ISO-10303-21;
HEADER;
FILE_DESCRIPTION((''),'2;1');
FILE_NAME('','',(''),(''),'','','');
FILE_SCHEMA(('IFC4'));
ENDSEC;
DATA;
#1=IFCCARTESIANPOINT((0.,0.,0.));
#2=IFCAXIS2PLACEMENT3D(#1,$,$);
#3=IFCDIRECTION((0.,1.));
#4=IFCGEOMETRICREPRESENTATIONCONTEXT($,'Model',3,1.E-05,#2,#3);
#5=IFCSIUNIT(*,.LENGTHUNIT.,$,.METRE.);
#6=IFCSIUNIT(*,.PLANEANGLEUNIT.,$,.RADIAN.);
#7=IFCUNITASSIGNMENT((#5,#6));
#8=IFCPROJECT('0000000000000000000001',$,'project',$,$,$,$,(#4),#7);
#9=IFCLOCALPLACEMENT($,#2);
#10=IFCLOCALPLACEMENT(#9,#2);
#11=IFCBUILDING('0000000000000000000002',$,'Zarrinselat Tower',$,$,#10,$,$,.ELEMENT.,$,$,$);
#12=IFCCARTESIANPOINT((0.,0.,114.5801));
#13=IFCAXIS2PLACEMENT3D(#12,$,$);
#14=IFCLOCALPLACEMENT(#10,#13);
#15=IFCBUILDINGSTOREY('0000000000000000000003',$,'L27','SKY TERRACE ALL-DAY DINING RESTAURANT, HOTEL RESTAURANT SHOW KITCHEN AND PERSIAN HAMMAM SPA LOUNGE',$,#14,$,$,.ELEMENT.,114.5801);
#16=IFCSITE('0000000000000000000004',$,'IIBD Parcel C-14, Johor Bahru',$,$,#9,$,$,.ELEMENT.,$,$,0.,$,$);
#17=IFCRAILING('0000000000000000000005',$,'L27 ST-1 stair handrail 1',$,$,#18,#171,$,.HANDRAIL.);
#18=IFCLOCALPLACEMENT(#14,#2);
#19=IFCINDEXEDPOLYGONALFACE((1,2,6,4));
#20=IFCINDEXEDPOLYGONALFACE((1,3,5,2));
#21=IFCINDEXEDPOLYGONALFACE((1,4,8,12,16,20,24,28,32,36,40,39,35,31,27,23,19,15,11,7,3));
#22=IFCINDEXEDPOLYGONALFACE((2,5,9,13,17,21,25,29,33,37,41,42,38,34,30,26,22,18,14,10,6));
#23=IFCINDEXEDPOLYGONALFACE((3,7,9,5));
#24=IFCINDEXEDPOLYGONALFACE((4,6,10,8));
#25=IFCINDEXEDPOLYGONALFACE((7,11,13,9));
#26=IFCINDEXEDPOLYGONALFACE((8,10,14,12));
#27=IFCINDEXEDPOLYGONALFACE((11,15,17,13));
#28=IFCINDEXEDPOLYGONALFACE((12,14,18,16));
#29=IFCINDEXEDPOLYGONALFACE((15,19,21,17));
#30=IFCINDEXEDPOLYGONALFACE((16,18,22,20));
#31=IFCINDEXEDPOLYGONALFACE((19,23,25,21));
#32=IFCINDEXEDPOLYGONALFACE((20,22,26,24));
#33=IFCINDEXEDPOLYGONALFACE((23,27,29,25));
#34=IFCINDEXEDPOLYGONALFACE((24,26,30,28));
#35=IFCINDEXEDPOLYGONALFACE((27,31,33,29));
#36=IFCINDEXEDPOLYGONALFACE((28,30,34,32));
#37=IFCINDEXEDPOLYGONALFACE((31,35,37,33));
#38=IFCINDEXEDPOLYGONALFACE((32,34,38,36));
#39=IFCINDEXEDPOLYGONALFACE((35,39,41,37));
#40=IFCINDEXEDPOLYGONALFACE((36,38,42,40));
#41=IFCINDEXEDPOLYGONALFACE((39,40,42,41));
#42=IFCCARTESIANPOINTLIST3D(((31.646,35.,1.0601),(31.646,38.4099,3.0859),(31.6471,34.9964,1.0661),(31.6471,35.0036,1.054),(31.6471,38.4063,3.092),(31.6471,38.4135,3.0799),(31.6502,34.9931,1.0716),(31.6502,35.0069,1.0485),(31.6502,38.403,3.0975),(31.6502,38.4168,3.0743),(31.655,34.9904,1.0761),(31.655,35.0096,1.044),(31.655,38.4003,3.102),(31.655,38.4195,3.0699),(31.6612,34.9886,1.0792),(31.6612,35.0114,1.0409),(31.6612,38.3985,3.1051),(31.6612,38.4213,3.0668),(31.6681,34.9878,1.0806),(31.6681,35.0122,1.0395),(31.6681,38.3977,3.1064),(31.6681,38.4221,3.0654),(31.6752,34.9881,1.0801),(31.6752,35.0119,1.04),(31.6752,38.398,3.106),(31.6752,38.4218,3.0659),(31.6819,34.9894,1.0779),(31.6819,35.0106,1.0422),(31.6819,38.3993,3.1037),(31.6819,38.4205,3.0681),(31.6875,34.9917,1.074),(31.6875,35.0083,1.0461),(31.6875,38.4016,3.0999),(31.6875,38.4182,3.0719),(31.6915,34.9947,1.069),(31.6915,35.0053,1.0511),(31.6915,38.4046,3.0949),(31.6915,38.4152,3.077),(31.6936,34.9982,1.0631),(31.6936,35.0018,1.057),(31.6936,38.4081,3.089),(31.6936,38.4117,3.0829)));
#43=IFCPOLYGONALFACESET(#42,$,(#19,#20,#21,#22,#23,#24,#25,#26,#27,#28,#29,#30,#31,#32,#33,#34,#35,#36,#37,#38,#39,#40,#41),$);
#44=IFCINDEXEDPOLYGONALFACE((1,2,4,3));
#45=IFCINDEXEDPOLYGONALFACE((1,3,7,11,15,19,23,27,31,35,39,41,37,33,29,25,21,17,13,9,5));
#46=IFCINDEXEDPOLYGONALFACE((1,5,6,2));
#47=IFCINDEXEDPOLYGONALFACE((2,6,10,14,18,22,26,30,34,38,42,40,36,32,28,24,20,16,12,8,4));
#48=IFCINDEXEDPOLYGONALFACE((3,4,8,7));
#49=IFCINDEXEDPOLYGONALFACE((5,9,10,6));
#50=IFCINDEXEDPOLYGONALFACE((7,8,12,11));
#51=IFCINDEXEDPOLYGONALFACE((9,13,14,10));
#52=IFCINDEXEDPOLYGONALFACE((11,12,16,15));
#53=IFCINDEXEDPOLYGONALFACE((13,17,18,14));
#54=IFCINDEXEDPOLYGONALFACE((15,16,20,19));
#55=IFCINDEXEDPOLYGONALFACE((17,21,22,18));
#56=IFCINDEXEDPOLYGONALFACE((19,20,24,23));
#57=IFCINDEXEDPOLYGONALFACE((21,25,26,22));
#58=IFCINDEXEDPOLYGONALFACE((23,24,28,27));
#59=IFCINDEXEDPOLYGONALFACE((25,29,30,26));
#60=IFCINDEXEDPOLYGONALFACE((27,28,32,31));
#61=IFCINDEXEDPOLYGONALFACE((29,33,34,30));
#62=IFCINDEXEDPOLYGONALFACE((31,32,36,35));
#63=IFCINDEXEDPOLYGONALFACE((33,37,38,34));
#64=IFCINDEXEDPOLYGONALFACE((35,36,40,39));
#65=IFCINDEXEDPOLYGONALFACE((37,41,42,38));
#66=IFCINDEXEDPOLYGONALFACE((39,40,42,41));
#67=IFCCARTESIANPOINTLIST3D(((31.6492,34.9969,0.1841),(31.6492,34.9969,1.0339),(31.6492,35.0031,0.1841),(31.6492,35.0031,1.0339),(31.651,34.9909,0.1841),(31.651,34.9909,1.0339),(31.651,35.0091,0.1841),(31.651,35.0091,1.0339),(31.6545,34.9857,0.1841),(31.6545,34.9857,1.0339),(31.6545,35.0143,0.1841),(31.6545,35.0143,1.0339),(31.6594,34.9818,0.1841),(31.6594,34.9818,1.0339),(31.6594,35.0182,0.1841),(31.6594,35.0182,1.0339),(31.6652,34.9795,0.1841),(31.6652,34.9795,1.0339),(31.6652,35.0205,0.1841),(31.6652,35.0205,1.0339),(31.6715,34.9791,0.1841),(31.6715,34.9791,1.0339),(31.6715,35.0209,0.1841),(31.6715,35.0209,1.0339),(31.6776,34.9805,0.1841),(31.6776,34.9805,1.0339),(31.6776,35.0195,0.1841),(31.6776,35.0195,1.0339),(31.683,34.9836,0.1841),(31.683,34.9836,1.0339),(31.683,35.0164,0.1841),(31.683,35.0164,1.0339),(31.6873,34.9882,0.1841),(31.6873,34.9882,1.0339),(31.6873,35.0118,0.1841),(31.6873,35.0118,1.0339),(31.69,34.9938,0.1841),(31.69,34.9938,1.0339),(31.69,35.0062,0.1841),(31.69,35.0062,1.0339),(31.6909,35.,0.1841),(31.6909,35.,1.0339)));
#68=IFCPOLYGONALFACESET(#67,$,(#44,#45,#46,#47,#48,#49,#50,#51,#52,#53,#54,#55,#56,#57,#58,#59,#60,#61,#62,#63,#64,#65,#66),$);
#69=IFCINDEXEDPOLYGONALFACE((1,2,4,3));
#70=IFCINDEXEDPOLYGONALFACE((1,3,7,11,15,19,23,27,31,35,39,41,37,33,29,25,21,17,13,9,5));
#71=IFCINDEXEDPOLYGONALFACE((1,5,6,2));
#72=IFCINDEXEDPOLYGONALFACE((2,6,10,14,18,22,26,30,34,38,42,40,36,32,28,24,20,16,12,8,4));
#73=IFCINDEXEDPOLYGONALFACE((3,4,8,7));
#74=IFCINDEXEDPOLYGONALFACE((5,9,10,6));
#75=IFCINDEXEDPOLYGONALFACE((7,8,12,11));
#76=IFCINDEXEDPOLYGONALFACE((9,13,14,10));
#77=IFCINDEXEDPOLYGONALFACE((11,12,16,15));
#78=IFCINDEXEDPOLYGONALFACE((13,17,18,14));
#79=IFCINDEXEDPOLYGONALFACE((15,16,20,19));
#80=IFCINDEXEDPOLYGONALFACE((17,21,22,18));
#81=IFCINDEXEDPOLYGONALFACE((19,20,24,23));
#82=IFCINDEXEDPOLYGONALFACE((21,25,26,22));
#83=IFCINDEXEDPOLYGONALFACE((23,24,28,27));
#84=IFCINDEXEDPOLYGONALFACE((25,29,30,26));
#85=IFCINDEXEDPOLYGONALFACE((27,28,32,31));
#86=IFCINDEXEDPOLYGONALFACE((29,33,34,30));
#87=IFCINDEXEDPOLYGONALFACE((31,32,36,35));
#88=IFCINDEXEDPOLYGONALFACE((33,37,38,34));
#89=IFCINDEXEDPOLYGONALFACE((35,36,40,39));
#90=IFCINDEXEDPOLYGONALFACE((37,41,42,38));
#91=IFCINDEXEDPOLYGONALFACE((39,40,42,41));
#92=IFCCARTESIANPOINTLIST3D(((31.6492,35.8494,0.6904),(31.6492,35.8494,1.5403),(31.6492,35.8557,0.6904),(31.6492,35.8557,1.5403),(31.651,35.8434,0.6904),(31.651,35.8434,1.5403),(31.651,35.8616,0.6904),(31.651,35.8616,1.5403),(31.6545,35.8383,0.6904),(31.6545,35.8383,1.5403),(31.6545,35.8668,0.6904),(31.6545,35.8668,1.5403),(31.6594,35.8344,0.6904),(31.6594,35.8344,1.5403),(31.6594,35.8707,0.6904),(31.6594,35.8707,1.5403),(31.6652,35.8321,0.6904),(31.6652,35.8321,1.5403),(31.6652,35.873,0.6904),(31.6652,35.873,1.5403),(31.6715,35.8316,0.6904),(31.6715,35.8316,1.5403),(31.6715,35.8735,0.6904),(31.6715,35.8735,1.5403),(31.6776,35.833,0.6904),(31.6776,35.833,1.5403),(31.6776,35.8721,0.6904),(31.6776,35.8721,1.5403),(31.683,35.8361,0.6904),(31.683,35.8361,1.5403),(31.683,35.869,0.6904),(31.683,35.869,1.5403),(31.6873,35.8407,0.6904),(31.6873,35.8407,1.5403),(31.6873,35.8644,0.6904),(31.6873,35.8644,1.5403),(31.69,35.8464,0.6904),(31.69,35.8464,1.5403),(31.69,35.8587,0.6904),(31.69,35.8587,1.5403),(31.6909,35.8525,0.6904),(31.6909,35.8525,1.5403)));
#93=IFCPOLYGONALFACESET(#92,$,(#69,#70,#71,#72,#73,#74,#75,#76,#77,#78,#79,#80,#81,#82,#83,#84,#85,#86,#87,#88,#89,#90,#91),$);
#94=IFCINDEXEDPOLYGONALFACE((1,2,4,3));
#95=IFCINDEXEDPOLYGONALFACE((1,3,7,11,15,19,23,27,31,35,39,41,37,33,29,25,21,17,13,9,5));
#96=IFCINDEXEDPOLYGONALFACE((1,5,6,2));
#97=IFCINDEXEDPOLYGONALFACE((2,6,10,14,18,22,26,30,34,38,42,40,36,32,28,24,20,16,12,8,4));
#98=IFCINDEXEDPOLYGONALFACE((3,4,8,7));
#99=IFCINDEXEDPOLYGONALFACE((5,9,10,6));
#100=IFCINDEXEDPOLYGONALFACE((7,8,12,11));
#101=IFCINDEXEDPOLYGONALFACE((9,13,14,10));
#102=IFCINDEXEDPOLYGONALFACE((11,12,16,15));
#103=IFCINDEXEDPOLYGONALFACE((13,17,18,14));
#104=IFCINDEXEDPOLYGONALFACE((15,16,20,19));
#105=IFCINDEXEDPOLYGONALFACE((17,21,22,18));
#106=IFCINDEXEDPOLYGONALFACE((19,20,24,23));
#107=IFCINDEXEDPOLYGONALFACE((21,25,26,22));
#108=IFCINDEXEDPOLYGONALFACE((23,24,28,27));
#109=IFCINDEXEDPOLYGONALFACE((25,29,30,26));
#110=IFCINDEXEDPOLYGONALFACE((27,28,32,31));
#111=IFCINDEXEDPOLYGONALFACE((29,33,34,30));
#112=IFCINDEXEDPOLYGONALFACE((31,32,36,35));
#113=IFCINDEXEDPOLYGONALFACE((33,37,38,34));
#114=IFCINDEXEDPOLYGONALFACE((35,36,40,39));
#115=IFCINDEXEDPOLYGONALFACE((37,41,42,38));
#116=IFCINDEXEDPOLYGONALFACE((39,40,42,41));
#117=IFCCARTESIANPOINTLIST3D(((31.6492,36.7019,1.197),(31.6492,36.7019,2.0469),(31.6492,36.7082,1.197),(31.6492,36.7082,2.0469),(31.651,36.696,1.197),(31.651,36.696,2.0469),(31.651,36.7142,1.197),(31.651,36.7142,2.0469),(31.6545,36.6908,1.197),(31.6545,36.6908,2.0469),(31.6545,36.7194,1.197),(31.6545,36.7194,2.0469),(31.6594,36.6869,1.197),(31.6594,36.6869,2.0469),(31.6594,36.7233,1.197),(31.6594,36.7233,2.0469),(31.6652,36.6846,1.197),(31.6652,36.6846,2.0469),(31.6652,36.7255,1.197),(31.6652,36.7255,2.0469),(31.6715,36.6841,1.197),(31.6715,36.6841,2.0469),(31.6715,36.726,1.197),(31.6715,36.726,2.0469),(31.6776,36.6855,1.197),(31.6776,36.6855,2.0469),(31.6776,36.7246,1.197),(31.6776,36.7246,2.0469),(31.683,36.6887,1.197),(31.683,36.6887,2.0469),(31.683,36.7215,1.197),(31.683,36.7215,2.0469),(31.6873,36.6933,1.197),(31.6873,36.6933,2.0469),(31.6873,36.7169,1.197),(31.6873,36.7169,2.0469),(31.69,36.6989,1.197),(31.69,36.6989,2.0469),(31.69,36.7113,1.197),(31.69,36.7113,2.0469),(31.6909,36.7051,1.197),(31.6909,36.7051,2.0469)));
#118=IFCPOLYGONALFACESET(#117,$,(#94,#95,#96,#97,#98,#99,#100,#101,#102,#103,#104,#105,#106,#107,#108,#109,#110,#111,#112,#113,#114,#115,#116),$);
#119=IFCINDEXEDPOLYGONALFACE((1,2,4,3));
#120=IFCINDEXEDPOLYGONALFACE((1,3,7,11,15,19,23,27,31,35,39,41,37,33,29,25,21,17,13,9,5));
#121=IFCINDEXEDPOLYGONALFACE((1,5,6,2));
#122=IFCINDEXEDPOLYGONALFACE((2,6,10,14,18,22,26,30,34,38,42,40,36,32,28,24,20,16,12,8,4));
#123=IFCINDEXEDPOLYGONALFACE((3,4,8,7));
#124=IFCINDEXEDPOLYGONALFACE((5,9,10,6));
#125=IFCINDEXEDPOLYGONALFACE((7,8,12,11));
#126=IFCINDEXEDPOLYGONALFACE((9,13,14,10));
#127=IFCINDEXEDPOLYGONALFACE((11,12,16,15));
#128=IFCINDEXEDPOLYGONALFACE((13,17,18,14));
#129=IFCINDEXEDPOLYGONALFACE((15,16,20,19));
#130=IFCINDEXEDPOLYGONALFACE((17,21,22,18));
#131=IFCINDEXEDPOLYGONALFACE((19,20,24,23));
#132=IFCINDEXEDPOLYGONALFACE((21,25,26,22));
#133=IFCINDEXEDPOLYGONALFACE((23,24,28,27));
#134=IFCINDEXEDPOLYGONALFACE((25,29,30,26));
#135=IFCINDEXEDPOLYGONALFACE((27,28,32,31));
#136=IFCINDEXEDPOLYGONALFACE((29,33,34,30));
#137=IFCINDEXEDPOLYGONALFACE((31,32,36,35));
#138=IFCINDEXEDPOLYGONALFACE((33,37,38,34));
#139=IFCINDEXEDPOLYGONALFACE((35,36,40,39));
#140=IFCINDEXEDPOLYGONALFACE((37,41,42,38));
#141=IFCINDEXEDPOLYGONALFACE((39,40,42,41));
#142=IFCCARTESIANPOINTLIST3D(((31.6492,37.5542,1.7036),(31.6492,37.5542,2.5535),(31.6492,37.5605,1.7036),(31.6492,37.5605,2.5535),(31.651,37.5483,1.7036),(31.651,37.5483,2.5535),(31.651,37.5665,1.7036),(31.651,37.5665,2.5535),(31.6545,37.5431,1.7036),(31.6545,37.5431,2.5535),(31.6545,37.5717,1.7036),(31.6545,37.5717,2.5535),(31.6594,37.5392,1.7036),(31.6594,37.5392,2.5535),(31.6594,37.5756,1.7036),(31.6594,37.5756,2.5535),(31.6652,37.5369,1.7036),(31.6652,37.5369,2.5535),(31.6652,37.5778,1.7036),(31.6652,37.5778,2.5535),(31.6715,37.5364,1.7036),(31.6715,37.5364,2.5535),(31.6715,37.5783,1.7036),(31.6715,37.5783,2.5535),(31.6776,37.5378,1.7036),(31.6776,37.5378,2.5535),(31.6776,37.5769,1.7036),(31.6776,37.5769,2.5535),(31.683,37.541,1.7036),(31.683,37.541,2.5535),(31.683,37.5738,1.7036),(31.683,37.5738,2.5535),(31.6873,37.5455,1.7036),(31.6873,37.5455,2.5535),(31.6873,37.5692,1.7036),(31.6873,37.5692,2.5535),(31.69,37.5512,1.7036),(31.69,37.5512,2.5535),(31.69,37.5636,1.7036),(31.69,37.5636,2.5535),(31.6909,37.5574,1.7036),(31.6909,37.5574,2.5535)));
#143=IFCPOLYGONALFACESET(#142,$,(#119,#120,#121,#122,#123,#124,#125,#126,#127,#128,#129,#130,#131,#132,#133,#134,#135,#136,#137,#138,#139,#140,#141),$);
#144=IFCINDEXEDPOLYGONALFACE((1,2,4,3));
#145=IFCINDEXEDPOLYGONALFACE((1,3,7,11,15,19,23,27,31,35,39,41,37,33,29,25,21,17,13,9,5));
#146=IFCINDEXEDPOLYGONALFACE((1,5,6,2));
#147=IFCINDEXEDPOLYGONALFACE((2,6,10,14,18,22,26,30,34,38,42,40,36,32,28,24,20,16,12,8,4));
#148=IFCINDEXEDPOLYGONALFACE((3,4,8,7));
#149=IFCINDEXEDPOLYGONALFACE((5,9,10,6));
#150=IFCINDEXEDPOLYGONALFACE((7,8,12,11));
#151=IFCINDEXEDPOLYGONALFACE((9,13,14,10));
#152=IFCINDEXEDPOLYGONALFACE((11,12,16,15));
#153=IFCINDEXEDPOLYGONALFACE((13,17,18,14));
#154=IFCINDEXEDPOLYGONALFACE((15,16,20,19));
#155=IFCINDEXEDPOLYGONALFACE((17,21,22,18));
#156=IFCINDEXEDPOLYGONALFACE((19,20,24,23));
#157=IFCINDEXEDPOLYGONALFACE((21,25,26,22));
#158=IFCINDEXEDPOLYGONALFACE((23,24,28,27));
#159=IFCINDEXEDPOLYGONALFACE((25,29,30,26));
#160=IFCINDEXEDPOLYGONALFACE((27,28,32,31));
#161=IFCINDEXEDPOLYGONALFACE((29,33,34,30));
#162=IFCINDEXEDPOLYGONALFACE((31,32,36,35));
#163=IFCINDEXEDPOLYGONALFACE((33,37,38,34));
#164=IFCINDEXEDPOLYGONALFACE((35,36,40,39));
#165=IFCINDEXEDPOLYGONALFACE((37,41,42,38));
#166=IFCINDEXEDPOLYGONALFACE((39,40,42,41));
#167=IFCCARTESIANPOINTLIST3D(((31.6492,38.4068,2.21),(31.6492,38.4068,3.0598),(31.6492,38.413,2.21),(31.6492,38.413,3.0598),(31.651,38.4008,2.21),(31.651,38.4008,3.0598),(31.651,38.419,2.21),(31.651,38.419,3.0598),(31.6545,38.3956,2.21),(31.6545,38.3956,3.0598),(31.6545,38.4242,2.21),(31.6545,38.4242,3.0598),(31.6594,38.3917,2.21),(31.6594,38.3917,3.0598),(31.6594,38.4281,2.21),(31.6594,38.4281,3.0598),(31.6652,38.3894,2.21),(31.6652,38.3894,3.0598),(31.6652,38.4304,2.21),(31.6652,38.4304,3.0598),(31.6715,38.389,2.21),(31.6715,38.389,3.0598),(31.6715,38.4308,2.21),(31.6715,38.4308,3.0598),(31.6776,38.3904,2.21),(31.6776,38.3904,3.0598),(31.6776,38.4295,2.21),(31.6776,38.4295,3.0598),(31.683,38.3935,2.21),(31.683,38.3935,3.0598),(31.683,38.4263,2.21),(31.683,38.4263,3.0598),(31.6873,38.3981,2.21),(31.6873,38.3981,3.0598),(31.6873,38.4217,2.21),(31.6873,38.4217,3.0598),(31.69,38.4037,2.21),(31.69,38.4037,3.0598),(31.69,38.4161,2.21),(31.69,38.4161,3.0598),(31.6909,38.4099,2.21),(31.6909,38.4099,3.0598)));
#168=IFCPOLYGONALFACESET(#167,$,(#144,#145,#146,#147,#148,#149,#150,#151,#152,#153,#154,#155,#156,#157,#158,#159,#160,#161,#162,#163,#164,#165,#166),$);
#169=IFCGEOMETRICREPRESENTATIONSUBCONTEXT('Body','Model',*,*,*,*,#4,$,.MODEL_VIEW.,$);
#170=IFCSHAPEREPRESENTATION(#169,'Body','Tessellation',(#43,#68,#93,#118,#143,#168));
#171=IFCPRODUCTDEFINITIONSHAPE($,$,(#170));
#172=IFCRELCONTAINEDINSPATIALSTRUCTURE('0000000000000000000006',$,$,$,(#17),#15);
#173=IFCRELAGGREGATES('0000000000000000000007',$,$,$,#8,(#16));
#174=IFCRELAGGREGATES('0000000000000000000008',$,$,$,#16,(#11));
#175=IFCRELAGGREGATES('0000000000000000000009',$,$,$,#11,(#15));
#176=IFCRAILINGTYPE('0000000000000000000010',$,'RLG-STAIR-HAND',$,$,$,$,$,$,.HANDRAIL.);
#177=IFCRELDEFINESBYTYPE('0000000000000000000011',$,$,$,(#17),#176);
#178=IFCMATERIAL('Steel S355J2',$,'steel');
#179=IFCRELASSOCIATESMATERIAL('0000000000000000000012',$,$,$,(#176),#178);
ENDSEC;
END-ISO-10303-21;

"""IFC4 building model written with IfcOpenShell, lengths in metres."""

from ifc_helpers import new_model, si_unit, direction, frame, origin, origin_2d, place, context, subcontext, project, spatial, circle, extrude, material, type_object, element, save


model = new_model("IFC4")

# Units and contexts
model_context = context("Model", 3, precision=1e-05, world=origin(), true_north=direction((0.0, 1.0)))
body_context = subcontext(model_context, "Body", "Model", "MODEL_VIEW")
ifc_project = project(units=[si_unit("LENGTHUNIT", "METRE"), si_unit("PLANEANGLEUNIT", "RADIAN")], contexts=[model_context])

# Site, building, storey
site_placement = place(None, origin())
site = spatial("IfcSite", under=ifc_project, at=site_placement, Name="IIBD Parcel C-14, Johor Bahru", CompositionType="ELEMENT", RefElevation=0.0)
building_placement = place(site_placement, origin())
building = spatial("IfcBuilding", under=site, at=building_placement, Name="Zarrinselat Tower", CompositionType="ELEMENT")
storey_placement = place(building_placement, frame((0.0, 0.0, 114.5801)))
storey = spatial("IfcBuildingStorey", under=building, at=storey_placement, Name="L27", Description="SKY TERRACE ALL-DAY DINING RESTAURANT, HOTEL RESTAURANT SHOW KITCHEN AND PERSIAN HAMMAM SPA LOUNGE", CompositionType="ELEMENT", Elevation=114.5801)

# Railing
ifc_material_1 = material(Name="Steel S355J2", Category="steel")
railing_type_1 = type_object("IfcRailingType", Name="RLG-STAIR-HAND", PredefinedType="HANDRAIL", material=ifc_material_1)
railing_1_placement = place(storey_placement, frame((31.6699, 35.0, 0.1841)))
element("IfcRailing", 1, at=railing_1_placement, inside=storey, type_object=railing_type_1, Name="L27 ST-1 stair handrail 1", PredefinedType="HANDRAIL", context=body_context, shape_type="SweptSolid", body=[
    extrude(circle(Radius=0.0239, at=origin_2d()), frame((0.0, 0.0, 0.876), z_axis=(0.0, 0.859717, 0.510771), x_axis=(-1.0, 0.0, 0.0)), (0.0, 0.0, 1.0), 3.9663),
    extrude(circle(Radius=0.021, at=origin_2d()), origin(), (0.0, 0.0, 1.0), 0.8499),
    extrude(circle(Radius=0.021, at=origin_2d()), frame((0.0, 0.8525, 0.5063)), (0.0, 0.0, 1.0), 0.8499),
    extrude(circle(Radius=0.021, at=origin_2d()), frame((0.0, 1.7051, 1.0129)), (0.0, 0.0, 1.0), 0.8499),
    extrude(circle(Radius=0.021, at=origin_2d()), frame((0.0, 2.5574, 1.5195)), (0.0, 0.0, 1.0), 0.8499),
    extrude(circle(Radius=0.021, at=origin_2d()), frame((0.0, 3.4099, 2.0259)), (0.0, 0.0, 1.0), 0.8499),
])

save(model, "model.ifc")
